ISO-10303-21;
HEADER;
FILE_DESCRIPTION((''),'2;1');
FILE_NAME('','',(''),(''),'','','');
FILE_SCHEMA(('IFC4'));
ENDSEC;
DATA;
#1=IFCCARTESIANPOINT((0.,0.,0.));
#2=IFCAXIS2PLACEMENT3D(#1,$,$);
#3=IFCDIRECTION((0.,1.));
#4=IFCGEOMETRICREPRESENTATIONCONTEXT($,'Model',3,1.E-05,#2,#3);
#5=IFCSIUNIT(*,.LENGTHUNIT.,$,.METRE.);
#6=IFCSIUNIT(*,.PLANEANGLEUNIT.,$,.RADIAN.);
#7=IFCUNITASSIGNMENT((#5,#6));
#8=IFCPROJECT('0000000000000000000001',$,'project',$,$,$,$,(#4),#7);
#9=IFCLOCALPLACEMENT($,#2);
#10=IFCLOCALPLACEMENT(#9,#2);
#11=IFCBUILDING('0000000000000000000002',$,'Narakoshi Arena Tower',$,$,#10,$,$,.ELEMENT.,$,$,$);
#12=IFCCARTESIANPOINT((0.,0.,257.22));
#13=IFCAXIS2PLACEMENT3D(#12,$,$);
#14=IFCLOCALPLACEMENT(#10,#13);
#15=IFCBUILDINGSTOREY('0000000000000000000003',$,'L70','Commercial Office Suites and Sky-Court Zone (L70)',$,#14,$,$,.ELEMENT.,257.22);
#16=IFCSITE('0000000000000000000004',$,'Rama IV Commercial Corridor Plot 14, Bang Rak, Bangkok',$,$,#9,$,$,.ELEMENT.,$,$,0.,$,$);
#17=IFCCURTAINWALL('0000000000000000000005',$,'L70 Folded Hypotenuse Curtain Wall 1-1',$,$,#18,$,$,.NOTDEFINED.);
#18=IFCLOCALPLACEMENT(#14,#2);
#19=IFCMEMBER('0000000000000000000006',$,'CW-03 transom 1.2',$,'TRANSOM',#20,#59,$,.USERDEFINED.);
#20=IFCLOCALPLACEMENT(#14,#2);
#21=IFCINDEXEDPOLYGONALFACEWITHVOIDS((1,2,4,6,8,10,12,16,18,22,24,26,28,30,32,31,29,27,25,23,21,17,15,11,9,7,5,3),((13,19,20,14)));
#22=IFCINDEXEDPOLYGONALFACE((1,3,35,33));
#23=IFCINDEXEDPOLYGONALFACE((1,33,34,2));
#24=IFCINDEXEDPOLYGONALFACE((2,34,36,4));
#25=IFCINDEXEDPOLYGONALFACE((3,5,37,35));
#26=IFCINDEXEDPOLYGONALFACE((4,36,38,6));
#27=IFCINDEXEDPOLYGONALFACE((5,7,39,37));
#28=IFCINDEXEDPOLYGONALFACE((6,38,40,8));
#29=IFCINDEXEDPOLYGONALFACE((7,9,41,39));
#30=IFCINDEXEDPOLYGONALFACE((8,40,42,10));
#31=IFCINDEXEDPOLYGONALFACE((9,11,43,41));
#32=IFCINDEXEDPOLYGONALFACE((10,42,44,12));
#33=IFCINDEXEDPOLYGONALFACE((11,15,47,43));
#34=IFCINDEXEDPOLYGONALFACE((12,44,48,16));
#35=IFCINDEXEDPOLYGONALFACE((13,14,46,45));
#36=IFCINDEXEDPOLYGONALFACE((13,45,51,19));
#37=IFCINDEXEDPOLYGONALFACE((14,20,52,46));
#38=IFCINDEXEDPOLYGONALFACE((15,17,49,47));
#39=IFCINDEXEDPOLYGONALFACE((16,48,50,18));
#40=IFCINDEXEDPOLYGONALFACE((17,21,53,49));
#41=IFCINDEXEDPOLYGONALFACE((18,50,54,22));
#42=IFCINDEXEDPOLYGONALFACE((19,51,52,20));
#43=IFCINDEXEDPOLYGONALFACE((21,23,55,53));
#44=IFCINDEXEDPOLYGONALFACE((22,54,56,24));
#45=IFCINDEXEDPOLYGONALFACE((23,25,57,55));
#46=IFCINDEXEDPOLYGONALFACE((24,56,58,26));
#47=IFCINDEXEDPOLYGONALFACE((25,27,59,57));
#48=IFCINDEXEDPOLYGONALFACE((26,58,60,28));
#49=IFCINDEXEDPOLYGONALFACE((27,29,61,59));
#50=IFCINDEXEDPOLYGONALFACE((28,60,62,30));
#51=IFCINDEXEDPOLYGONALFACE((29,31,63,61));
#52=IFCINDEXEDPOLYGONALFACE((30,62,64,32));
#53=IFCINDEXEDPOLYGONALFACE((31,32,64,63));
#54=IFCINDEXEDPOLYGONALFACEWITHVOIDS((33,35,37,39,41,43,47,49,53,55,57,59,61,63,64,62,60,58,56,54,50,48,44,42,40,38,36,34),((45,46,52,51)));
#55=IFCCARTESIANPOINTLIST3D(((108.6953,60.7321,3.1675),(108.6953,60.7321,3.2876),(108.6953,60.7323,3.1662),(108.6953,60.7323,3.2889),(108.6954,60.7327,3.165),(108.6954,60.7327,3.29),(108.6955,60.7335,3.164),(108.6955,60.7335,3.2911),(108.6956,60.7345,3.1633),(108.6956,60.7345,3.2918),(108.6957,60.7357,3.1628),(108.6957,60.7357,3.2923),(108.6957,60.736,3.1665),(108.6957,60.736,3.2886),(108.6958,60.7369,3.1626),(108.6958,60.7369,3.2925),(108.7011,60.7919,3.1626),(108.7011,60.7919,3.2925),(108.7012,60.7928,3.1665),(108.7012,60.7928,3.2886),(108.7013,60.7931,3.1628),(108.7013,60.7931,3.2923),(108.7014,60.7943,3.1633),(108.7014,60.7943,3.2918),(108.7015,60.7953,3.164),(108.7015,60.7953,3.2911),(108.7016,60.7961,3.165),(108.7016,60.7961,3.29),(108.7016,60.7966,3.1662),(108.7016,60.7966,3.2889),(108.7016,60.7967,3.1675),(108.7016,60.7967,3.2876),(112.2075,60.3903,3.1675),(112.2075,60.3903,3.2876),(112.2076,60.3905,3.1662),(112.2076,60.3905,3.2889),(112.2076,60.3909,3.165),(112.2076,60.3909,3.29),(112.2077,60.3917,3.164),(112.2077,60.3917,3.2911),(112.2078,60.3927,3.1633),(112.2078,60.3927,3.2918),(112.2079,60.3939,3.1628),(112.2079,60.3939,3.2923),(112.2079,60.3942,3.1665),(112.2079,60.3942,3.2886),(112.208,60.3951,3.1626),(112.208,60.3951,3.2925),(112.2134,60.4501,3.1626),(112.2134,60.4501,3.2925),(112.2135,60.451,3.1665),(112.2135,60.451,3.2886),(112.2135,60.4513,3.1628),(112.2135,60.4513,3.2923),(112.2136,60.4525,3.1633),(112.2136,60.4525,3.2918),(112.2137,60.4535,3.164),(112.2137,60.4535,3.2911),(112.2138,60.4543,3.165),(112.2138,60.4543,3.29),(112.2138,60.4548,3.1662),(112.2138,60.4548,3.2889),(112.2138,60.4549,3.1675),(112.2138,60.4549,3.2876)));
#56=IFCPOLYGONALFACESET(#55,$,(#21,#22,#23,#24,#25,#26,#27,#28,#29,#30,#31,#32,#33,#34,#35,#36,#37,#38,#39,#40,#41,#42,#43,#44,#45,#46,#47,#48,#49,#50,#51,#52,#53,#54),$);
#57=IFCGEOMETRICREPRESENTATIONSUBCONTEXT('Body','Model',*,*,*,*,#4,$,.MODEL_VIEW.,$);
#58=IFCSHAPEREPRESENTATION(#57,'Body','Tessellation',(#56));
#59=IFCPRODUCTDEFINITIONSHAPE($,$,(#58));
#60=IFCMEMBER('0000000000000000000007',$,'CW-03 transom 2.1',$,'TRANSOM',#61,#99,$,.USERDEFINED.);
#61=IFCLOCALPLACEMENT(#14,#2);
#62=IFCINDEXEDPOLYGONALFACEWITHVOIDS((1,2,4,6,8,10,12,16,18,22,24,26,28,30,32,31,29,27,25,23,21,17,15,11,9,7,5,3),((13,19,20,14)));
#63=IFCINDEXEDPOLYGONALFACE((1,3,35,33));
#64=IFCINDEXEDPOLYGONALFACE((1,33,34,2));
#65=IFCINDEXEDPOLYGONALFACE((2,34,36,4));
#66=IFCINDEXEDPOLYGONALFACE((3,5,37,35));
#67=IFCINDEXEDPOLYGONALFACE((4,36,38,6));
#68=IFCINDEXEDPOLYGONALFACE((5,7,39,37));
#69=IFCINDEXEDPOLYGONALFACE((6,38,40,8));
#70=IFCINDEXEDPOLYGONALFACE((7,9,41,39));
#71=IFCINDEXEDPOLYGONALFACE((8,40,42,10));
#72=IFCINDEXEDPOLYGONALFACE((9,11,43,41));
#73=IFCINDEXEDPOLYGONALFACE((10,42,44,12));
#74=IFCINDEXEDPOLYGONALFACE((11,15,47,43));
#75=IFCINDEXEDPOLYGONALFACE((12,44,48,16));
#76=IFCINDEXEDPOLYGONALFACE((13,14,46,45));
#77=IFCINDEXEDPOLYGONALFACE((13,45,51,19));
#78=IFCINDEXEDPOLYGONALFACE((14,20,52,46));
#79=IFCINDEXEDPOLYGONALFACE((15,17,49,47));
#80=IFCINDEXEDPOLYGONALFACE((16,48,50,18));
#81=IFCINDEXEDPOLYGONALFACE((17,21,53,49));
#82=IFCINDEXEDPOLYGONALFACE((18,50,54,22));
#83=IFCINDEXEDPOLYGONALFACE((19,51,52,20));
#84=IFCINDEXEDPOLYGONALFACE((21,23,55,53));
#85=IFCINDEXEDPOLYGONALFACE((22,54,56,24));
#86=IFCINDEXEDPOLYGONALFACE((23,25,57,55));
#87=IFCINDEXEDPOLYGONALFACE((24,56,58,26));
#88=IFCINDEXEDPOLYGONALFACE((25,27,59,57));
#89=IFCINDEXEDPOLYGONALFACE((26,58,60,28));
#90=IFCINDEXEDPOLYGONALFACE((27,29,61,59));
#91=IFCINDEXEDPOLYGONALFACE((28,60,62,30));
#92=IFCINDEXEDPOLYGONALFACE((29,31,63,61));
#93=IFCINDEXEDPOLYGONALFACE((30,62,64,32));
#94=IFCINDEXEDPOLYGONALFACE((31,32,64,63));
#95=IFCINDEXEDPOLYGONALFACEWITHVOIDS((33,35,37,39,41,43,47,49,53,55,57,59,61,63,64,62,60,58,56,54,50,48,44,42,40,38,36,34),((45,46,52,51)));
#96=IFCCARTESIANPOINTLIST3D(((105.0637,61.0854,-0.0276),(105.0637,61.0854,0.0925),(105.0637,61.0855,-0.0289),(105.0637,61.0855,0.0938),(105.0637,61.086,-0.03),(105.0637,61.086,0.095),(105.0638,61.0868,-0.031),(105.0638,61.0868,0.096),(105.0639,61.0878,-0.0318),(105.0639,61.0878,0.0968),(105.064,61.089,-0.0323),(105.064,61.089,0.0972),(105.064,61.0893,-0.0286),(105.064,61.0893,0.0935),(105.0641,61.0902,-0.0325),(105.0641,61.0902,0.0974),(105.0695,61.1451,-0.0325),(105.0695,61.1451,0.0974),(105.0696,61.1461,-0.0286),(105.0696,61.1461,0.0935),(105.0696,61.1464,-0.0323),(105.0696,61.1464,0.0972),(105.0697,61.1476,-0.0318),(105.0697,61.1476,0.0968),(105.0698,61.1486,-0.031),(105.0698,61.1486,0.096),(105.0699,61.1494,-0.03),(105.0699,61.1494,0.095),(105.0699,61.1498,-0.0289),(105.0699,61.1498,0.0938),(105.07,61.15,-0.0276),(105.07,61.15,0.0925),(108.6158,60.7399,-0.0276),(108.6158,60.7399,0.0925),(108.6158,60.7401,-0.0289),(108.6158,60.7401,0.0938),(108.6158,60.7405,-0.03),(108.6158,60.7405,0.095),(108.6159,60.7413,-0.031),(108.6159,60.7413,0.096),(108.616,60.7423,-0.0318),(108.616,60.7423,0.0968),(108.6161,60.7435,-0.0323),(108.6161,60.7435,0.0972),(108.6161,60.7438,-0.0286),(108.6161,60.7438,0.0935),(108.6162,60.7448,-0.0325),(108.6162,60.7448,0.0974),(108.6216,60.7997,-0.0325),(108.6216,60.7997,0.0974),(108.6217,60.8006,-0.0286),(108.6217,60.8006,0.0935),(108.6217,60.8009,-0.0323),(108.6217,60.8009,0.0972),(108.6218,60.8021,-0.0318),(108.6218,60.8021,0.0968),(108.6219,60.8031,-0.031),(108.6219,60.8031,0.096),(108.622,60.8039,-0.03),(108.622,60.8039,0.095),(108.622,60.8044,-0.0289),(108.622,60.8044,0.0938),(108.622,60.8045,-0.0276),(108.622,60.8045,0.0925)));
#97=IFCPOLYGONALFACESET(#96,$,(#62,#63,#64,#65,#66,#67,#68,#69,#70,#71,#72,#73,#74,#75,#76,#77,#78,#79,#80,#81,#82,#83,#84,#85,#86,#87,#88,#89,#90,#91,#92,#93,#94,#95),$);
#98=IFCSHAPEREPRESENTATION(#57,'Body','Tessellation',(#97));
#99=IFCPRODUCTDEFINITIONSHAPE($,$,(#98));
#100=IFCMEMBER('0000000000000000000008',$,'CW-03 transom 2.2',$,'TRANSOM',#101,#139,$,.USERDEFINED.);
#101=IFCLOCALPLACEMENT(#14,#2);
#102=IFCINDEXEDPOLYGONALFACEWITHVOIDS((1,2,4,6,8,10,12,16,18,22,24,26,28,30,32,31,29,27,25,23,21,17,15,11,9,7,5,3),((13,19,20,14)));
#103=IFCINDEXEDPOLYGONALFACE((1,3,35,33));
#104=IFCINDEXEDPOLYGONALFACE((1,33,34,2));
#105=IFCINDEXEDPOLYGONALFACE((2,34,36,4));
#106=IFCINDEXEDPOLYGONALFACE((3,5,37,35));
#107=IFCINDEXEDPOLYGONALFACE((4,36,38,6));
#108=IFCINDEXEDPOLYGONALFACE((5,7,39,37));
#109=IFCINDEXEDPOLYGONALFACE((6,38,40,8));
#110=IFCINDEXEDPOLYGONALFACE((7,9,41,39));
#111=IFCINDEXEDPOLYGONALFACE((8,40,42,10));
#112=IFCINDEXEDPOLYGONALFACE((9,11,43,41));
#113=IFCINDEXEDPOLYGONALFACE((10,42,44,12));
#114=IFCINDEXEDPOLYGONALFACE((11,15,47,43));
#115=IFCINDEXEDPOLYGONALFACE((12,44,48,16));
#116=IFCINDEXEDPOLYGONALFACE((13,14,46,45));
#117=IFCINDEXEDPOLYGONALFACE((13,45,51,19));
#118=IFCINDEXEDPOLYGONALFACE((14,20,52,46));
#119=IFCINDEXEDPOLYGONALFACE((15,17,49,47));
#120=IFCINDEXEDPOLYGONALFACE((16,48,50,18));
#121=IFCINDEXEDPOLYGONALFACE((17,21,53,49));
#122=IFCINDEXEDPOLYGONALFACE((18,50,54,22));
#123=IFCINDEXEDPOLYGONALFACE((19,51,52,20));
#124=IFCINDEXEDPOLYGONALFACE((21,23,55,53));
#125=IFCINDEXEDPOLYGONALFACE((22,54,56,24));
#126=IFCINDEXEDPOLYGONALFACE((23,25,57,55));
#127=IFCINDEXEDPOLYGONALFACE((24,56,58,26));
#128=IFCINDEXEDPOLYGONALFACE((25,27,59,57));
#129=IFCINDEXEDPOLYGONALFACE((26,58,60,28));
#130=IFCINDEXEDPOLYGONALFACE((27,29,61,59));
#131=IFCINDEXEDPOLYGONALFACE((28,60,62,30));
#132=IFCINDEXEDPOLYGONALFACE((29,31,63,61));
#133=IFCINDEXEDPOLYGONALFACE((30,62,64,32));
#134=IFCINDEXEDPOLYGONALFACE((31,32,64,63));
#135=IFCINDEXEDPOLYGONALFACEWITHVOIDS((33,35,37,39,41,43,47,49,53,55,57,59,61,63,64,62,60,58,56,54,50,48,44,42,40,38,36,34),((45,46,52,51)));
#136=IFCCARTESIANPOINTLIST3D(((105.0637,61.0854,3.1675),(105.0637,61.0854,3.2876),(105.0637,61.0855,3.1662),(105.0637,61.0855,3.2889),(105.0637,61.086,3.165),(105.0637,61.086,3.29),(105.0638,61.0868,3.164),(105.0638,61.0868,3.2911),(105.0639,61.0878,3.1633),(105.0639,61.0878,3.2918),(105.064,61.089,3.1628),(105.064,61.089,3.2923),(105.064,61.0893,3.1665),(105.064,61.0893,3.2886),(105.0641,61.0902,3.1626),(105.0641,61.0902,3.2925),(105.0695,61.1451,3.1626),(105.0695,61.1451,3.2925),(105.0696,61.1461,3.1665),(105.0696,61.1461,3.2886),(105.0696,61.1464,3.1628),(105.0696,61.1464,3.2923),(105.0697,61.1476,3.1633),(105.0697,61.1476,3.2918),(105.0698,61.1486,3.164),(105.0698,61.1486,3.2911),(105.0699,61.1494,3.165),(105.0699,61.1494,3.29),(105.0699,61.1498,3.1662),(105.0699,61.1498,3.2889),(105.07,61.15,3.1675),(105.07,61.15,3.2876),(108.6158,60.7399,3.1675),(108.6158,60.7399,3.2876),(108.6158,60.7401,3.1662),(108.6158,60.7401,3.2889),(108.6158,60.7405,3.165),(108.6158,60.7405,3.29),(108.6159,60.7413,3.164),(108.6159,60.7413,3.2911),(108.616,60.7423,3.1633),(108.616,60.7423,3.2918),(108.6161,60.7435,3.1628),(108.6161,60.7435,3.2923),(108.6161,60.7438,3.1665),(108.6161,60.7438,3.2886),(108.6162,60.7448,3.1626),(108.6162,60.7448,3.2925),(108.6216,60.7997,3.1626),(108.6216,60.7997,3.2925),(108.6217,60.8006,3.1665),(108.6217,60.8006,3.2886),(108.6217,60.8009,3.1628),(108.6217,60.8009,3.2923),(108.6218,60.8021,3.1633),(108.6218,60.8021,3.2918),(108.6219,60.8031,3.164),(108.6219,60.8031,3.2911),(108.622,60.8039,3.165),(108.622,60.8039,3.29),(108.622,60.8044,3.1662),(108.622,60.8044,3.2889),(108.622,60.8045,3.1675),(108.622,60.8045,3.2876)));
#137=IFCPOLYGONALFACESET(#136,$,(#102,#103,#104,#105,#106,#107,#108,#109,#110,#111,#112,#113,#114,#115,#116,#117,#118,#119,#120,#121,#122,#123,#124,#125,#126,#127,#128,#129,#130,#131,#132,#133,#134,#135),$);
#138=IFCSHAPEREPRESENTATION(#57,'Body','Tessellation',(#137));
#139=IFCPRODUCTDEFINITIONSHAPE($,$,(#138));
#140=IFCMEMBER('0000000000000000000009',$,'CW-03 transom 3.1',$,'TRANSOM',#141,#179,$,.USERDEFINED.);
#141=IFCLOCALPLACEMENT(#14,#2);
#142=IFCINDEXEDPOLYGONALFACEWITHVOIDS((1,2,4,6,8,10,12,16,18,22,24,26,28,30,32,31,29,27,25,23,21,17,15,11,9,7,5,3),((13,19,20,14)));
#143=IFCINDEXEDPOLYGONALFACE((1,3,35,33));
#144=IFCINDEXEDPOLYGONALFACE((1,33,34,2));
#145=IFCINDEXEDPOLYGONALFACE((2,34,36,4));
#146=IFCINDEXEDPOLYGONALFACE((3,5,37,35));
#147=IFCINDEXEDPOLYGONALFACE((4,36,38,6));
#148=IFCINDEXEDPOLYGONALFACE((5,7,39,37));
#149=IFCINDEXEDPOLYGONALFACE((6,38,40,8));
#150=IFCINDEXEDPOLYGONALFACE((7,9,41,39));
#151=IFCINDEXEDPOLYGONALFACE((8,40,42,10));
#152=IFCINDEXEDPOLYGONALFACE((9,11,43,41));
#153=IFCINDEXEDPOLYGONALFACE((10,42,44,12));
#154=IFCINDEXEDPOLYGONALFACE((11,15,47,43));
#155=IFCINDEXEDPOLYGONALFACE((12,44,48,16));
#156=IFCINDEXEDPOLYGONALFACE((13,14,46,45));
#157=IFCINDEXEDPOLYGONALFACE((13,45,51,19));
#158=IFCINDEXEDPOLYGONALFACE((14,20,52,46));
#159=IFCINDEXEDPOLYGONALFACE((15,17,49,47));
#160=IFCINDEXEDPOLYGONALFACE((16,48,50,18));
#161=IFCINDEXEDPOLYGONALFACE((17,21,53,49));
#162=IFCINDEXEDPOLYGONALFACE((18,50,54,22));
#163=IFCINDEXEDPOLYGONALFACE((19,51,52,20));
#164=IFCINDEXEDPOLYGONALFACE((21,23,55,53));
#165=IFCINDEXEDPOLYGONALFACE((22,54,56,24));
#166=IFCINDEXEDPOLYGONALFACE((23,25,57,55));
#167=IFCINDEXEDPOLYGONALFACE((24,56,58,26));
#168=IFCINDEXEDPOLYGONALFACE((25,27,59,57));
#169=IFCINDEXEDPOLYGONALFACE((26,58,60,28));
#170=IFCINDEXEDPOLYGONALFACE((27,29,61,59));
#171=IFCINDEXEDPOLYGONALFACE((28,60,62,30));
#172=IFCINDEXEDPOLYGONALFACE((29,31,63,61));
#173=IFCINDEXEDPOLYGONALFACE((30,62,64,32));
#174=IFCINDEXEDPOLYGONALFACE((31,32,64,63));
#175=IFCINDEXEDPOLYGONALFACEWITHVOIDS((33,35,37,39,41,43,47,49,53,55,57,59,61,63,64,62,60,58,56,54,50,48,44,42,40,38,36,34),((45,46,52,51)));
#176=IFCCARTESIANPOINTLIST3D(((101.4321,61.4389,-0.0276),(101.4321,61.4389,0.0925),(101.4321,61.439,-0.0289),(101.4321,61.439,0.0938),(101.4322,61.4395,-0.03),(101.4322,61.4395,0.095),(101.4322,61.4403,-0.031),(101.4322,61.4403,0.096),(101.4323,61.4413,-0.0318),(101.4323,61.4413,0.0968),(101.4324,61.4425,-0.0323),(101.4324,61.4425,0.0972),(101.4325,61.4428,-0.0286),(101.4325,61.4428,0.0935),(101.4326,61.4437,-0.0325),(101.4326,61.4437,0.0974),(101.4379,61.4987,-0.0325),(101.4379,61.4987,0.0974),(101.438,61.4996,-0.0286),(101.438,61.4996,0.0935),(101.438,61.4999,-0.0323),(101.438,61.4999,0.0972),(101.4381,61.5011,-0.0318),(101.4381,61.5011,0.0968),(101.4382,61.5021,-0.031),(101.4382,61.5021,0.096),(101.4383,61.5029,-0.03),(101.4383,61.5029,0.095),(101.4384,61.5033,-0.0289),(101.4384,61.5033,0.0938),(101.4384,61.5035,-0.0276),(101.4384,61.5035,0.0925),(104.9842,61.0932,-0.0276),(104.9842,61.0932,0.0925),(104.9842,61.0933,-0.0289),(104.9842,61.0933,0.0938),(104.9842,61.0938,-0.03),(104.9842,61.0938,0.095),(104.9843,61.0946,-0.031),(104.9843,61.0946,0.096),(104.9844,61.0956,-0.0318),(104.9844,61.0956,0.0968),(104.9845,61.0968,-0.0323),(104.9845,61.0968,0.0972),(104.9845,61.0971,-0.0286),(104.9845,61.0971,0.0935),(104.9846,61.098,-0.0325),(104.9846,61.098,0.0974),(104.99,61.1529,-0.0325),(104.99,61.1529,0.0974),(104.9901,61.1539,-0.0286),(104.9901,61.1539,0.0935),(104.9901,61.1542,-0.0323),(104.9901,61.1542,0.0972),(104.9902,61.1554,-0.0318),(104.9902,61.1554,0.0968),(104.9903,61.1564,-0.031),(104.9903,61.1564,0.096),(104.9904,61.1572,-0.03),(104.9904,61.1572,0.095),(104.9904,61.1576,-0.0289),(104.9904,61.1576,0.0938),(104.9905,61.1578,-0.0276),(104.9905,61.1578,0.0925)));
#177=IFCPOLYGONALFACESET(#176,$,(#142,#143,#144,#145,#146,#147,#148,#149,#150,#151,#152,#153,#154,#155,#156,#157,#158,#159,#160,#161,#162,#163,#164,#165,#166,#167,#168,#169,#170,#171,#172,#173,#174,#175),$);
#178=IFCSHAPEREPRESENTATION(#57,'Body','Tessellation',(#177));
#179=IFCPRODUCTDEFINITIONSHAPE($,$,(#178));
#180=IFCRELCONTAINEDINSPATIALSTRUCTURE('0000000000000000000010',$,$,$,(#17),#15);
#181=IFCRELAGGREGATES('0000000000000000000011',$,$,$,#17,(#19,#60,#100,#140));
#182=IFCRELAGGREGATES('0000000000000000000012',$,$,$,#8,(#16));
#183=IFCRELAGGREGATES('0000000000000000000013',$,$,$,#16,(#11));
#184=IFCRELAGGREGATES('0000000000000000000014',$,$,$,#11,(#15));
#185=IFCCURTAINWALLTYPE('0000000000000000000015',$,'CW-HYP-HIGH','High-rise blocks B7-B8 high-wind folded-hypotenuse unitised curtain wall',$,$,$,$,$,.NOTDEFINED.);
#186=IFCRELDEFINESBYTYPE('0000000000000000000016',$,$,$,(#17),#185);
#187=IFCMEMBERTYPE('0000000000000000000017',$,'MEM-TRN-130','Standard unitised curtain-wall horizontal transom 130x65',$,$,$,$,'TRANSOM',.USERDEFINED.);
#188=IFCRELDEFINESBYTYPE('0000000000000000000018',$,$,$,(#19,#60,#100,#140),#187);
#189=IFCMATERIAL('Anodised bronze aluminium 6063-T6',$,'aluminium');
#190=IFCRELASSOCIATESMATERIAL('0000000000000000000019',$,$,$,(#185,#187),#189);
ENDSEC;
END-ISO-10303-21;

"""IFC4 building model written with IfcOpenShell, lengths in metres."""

from ifc_helpers import new_model, si_unit, direction, frame, origin, origin_2d, place, context, subcontext, project, spatial, hollow_rectangle, extrude, material, material_profile, profile_set, type_object, element, aggregate, save


model = new_model("IFC4")

# Units and contexts
model_context = context("Model", 3, precision=1e-05, world=origin(), true_north=direction((0.0, 1.0)))
body_context = subcontext(model_context, "Body", "Model", "MODEL_VIEW")
ifc_project = project(units=[si_unit("LENGTHUNIT", "METRE"), si_unit("PLANEANGLEUNIT", "RADIAN")], contexts=[model_context])

# Site, building, storey
site_placement = place(None, origin())
site = spatial("IfcSite", under=ifc_project, at=site_placement, Name="Rama IV Commercial Corridor Plot 14, Bang Rak, Bangkok", CompositionType="ELEMENT", RefElevation=0.0)
building_placement = place(site_placement, origin())
building = spatial("IfcBuilding", under=site, at=building_placement, Name="Narakoshi Arena Tower", CompositionType="ELEMENT")
storey_placement = place(building_placement, frame((0.0, 0.0, 257.22)))
storey = spatial("IfcBuildingStorey", under=building, at=storey_placement, Name="L70", Description="Commercial Office Suites and Sky-Court Zone (L70)", CompositionType="ELEMENT", Elevation=257.22)

# Curtain wall, members
ifc_material_1 = material(Name="Anodised bronze aluminium 6063-T6", Category="aluminium")
curtain_wall_type = type_object("IfcCurtainWallType", Name="CW-HYP-HIGH", Description="High-rise blocks B7-B8 high-wind folded-hypotenuse unitised curtain wall", PredefinedType="NOTDEFINED", material=ifc_material_1)
curtain_wall_placement = place(storey_placement, origin())
curtain_wall = element("IfcCurtainWall", 1, at=curtain_wall_placement, inside=storey, type_object=curtain_wall_type, Name="L70 Folded Hypotenuse Curtain Wall 1-1", PredefinedType="NOTDEFINED")
ifc_material_profile_1 = material_profile(ifc_material_1, hollow_rectangle(XDim=0.0649, YDim=0.1299, WallThickness=0.0039, OuterFilletRadius=0.0049, at=origin_2d()), Name="TRN130x65x4")
ifc_profile_set_1 = profile_set([ifc_material_profile_1], Name="Anodised bronze aluminium 6063-T6")
member_type_1 = type_object("IfcMemberType", Name="MEM-TRN-130", Description="Standard unitised curtain-wall horizontal transom 130x65", ElementType="TRANSOM", PredefinedType="USERDEFINED", material=ifc_profile_set_1)
member_1_placement = place(storey_placement, frame((112.2107, 60.4226, 3.2275), z_axis=(-0.995298, 0.096859, 0.0), x_axis=(-0.096859, -0.995298, 0.0)))
member_1 = element("IfcMember", 2, at=member_1_placement, type_object=member_type_1, Name="CW-03 transom 1.2", ObjectType="TRANSOM", PredefinedType="USERDEFINED", context=body_context, shape_type="SweptSolid", body=[
    extrude(hollow_rectangle(XDim=0.0649, YDim=0.1299, WallThickness=0.0039, OuterFilletRadius=0.0049, at=origin_2d()), origin(), (0.0, 0.0, 1.0), 3.5288),
])
member_2_placement = place(storey_placement, frame((108.6189, 60.7722, 0.0325), z_axis=(-0.995304, 0.096801, 0.0), x_axis=(-0.096801, -0.995304, 0.0)))
member_2 = element("IfcMember", 3, at=member_2_placement, type_object=member_type_1, Name="CW-03 transom 2.1", ObjectType="TRANSOM", PredefinedType="USERDEFINED", context=body_context, shape_type="SweptSolid", body=[
    extrude(hollow_rectangle(XDim=0.0649, YDim=0.1299, WallThickness=0.0039, OuterFilletRadius=0.0049, at=origin_2d()), origin(), (0.0, 0.0, 1.0), 3.5688),
])
member_3_placement = place(storey_placement, frame((108.6189, 60.7722, 3.2275), z_axis=(-0.995304, 0.096801, 0.0), x_axis=(-0.096801, -0.995304, 0.0)))
member_3 = element("IfcMember", 4, at=member_3_placement, type_object=member_type_1, Name="CW-03 transom 2.2", ObjectType="TRANSOM", PredefinedType="USERDEFINED", context=body_context, shape_type="SweptSolid", body=[
    extrude(hollow_rectangle(XDim=0.0649, YDim=0.1299, WallThickness=0.0039, OuterFilletRadius=0.0049, at=origin_2d()), origin(), (0.0, 0.0, 1.0), 3.5688),
])
member_4_placement = place(storey_placement, frame((104.9873, 61.1255, 0.0325), z_axis=(-0.995297, 0.096869, 0.0), x_axis=(-0.096869, -0.995297, 0.0)))
member_4 = element("IfcMember", 5, at=member_4_placement, type_object=member_type_1, Name="CW-03 transom 3.1", ObjectType="TRANSOM", PredefinedType="USERDEFINED", context=body_context, shape_type="SweptSolid", body=[
    extrude(hollow_rectangle(XDim=0.0649, YDim=0.1299, WallThickness=0.0039, OuterFilletRadius=0.0049, at=origin_2d()), origin(), (0.0, 0.0, 1.0), 3.5688),
])
aggregate(curtain_wall, [member_1, member_2, member_3, member_4])

save(model, "model.ifc")
